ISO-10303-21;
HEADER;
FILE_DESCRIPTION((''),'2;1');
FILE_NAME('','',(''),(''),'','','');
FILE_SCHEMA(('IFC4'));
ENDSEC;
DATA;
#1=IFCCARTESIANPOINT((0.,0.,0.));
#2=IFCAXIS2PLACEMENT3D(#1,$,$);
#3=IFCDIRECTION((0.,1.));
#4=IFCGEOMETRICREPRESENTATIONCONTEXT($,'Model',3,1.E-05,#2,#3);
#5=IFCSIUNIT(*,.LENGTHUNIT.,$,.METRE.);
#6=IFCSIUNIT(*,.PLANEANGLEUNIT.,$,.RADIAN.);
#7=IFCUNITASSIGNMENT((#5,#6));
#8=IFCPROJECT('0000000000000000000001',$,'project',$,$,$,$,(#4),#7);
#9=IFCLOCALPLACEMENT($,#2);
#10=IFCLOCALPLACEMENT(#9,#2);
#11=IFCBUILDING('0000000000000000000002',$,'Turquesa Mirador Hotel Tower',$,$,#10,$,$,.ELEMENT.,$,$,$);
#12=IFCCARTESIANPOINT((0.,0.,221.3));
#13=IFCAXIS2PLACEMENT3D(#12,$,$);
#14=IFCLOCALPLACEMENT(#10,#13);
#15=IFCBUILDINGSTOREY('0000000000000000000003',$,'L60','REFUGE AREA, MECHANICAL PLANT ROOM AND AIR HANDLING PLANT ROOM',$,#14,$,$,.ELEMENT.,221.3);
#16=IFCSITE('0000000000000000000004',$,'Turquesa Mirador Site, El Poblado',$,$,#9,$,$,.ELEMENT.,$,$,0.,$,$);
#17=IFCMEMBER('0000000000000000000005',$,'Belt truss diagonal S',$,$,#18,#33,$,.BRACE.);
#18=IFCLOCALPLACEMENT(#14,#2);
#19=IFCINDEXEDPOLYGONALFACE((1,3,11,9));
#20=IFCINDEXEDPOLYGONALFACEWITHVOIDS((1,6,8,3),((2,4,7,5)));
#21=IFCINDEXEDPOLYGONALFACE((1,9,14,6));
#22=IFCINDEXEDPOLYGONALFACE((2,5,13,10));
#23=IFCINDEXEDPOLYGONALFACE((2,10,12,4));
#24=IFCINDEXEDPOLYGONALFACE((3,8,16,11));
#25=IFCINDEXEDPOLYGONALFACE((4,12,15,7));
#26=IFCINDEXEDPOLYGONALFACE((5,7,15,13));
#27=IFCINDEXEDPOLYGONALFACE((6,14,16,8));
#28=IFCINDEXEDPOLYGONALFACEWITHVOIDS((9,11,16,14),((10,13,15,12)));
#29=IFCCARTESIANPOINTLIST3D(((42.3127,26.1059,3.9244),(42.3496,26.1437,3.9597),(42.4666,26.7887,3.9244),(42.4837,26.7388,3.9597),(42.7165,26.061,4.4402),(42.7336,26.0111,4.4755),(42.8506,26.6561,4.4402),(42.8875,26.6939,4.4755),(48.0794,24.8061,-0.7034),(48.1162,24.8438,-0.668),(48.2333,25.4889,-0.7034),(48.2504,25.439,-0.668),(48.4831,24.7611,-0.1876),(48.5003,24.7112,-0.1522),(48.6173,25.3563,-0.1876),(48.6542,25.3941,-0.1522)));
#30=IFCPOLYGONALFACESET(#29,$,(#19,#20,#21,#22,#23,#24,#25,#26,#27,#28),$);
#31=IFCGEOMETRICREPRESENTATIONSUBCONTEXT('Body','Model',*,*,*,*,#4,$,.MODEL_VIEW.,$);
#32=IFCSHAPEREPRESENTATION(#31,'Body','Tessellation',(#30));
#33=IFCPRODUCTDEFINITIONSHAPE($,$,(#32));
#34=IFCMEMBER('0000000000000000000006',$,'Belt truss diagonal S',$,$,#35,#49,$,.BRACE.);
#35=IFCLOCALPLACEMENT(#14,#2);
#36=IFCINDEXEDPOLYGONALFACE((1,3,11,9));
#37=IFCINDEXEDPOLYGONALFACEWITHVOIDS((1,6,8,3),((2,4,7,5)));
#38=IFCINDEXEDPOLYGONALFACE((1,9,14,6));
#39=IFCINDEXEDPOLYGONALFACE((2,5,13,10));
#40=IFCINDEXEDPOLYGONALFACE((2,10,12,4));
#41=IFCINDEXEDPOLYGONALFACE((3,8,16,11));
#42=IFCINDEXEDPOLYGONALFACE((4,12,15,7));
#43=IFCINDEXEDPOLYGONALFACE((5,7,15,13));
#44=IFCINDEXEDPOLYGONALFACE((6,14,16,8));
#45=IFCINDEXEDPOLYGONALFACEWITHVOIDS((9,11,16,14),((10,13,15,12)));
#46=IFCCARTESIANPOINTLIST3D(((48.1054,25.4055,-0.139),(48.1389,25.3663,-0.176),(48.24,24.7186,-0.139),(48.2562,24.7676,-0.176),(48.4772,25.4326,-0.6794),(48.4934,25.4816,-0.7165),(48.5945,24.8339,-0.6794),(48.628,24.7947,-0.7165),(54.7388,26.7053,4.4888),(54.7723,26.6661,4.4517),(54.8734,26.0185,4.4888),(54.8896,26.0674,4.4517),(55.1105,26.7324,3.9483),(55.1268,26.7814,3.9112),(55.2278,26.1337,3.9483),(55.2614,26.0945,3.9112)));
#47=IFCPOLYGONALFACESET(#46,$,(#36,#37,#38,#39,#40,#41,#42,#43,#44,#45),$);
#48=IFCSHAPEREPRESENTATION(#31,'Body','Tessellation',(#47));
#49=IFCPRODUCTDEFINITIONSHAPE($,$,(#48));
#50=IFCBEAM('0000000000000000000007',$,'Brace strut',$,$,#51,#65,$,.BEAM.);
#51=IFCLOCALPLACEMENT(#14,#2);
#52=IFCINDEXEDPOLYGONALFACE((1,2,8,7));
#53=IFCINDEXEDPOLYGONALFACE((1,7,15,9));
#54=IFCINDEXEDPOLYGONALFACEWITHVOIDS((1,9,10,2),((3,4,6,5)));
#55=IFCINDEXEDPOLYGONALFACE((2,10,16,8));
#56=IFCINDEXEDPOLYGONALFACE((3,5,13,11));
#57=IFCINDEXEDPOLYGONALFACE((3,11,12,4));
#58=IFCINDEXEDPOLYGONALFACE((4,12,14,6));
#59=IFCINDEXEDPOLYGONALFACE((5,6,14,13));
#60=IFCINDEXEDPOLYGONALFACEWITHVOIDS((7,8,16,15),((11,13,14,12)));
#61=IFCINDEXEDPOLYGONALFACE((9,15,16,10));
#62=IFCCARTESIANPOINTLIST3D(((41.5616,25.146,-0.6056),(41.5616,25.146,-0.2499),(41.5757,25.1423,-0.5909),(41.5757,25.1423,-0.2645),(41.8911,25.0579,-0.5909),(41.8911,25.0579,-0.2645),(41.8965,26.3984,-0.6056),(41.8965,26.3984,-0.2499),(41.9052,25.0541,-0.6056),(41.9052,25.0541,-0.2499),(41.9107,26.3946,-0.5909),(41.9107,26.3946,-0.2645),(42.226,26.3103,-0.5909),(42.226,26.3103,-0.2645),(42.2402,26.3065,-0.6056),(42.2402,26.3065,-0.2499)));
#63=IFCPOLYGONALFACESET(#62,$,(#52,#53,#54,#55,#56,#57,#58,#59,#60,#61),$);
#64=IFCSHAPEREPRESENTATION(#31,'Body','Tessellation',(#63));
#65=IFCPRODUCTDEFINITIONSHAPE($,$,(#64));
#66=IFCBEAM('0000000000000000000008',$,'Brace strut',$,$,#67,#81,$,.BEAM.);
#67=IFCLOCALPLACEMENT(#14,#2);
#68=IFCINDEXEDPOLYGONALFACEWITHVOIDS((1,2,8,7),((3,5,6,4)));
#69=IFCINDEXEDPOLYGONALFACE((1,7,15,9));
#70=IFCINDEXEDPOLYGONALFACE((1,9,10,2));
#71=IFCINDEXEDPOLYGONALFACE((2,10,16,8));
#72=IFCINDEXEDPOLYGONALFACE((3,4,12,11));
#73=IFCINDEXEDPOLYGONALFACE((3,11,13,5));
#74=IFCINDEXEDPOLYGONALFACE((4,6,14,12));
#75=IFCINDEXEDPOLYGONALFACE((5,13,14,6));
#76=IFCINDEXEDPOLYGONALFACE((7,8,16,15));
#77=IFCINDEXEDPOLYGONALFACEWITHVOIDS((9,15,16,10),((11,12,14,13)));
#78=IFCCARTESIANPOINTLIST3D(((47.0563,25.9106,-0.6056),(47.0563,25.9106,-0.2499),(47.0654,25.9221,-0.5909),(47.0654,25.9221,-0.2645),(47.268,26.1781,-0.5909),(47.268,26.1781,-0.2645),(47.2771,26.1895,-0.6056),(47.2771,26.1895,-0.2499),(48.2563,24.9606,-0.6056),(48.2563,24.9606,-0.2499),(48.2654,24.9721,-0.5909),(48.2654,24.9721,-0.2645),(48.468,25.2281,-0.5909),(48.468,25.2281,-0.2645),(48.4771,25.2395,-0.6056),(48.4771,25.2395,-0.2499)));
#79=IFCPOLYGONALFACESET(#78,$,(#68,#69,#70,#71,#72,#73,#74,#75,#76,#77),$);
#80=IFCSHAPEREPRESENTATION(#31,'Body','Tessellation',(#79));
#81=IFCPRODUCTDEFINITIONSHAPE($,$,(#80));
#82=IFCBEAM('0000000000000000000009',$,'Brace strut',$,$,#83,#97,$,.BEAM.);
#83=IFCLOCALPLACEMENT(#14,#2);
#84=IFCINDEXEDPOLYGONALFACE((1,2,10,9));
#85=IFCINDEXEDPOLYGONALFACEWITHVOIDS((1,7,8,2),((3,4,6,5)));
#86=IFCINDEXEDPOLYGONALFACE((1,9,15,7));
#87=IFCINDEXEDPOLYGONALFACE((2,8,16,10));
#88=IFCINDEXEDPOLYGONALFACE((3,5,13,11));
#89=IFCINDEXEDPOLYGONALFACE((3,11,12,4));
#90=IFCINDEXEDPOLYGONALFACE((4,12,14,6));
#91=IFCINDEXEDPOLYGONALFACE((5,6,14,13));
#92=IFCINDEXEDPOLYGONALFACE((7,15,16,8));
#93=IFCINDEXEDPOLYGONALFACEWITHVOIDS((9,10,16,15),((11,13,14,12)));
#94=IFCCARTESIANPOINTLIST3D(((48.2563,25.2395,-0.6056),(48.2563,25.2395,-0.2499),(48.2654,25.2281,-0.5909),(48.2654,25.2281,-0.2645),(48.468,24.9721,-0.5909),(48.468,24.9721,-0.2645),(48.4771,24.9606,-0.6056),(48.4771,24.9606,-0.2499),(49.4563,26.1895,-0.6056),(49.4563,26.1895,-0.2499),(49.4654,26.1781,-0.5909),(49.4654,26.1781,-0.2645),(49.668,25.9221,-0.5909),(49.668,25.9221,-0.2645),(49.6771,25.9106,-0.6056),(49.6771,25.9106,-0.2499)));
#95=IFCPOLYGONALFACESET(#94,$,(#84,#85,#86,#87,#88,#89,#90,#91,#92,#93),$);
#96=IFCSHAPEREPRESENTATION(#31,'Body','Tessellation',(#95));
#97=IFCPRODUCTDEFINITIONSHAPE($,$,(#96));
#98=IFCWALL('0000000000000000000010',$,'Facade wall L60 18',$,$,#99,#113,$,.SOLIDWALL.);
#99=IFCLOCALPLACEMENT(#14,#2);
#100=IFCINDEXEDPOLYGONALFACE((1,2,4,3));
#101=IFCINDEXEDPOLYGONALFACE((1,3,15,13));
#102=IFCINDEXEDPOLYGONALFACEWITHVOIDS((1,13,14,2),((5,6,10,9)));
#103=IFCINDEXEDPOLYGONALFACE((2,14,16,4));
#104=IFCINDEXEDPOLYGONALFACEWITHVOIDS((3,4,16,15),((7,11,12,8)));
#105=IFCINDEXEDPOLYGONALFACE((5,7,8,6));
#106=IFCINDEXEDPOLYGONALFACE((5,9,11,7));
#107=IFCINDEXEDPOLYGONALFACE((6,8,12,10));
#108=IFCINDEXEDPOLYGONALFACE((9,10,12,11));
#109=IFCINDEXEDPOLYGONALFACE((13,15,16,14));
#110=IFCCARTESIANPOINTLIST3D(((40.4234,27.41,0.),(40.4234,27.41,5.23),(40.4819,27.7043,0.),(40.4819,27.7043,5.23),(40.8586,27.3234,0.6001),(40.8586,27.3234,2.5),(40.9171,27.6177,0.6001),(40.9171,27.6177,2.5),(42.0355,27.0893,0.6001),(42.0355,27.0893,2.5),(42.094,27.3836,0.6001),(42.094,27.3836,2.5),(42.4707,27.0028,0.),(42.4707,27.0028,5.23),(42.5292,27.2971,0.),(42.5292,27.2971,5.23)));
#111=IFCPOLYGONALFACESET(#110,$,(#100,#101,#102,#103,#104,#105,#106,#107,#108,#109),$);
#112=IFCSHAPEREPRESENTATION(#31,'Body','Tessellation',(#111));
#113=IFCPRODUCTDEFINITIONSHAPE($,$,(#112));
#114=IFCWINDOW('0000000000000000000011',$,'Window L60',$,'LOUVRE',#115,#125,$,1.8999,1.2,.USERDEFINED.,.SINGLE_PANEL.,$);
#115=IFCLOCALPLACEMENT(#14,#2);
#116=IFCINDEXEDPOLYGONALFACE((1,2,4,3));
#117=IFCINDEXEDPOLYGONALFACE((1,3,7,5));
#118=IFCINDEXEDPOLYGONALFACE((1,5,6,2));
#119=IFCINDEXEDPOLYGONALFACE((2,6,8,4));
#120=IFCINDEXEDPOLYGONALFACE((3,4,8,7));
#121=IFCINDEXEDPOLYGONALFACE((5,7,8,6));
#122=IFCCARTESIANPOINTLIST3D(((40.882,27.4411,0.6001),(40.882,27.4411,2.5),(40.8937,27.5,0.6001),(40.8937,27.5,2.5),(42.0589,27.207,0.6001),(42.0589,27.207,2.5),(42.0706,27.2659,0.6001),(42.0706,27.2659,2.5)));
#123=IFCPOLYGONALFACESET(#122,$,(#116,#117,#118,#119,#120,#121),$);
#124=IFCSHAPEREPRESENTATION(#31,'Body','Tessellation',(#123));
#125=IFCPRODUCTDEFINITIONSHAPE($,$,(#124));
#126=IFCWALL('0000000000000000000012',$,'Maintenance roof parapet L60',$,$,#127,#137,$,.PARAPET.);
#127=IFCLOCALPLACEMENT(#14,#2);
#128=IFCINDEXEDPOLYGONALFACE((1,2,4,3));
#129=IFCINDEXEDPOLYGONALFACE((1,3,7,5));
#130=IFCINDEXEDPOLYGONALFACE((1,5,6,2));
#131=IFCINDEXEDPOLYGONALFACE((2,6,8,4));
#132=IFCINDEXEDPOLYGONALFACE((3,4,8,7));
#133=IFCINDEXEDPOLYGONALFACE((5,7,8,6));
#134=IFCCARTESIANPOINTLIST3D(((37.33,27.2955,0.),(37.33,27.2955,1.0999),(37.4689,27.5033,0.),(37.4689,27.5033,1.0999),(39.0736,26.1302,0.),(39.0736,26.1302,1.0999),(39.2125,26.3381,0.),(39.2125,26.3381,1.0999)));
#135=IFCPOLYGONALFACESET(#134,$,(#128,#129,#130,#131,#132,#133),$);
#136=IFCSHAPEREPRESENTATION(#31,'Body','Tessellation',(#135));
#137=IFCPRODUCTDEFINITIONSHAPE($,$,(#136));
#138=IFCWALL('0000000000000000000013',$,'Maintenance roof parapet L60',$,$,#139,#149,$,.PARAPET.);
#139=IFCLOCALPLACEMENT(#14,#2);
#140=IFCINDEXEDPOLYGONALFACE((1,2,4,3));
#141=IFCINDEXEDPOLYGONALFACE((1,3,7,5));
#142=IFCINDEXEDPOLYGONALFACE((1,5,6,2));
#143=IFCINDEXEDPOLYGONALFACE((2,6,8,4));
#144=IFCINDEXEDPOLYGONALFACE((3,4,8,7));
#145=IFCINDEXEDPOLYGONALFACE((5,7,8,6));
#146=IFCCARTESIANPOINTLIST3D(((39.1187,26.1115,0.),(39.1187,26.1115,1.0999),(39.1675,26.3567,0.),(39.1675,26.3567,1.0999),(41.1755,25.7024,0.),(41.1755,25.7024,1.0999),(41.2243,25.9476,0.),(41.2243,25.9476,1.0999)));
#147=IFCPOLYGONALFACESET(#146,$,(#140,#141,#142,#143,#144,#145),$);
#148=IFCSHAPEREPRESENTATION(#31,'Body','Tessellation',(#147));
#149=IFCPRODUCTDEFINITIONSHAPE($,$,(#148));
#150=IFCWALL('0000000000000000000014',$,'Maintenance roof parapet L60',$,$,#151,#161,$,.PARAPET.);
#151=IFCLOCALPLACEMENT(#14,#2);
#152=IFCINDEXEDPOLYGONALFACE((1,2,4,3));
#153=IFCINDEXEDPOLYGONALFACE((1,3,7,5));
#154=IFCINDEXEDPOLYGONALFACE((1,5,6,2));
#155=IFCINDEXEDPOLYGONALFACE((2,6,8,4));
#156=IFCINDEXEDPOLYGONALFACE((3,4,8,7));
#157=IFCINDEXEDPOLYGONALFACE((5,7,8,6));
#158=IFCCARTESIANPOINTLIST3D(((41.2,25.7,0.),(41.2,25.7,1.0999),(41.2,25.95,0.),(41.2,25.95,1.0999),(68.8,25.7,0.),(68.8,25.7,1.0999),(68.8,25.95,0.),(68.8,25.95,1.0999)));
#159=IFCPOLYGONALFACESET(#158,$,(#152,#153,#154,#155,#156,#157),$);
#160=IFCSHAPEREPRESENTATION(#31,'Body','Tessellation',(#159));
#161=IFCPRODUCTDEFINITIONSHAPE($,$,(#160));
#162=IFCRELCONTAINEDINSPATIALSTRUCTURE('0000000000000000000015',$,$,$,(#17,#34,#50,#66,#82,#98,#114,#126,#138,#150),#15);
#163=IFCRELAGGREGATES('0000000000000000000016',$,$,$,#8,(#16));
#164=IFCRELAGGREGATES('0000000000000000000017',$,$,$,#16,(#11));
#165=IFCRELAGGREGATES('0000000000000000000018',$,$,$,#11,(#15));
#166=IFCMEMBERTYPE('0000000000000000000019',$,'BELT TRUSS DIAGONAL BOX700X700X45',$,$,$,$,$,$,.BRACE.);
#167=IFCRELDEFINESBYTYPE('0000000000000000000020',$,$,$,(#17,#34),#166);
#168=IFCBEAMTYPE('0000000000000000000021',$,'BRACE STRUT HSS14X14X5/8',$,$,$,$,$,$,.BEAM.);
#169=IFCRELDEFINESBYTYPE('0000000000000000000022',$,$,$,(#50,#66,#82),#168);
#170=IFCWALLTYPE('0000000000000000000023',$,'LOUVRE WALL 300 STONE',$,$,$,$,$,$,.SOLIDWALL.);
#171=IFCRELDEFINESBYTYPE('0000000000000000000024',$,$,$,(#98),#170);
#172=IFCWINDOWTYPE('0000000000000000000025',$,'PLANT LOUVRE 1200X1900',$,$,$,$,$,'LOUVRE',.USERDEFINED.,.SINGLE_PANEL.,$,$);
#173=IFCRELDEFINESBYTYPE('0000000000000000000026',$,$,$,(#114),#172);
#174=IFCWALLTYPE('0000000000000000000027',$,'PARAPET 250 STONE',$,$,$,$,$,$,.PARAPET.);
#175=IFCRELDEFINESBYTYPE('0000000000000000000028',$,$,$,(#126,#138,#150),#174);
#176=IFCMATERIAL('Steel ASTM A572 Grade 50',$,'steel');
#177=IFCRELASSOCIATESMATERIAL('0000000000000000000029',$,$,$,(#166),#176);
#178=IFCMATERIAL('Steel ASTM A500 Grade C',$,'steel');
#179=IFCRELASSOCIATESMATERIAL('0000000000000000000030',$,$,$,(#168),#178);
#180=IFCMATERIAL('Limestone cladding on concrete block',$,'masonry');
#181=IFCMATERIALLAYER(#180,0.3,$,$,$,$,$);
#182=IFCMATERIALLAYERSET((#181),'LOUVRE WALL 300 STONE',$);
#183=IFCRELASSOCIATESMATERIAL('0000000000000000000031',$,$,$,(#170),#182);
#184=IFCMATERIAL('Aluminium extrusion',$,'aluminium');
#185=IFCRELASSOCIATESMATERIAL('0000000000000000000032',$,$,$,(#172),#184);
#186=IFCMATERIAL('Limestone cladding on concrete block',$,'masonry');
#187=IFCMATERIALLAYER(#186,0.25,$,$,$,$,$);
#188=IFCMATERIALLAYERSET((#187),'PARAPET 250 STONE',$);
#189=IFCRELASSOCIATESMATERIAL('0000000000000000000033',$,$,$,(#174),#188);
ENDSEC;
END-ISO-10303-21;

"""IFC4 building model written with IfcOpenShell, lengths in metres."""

from ifc_helpers import new_model, si_unit, direction, frame, frame_2d, origin, origin_2d, place, context, subcontext, project, spatial, rectangle, hollow_rectangle, extrude, material, layer, layer_set, material_profile, profile_set, type_object, element, fill, save


model = new_model("IFC4")

# Units and contexts
model_context = context("Model", 3, precision=1e-05, world=origin(), true_north=direction((0.0, 1.0)))
body_context = subcontext(model_context, "Body", "Model", "MODEL_VIEW")
ifc_project = project(units=[si_unit("LENGTHUNIT", "METRE"), si_unit("PLANEANGLEUNIT", "RADIAN")], contexts=[model_context])

# Site, building, storey
site_placement = place(None, origin())
site = spatial("IfcSite", under=ifc_project, at=site_placement, Name="Turquesa Mirador Site, El Poblado", CompositionType="ELEMENT", RefElevation=0.0)
building_placement = place(site_placement, origin())
building = spatial("IfcBuilding", under=site, at=building_placement, Name="Turquesa Mirador Hotel Tower", CompositionType="ELEMENT")
storey_placement = place(building_placement, frame((0.0, 0.0, 221.3)))
storey = spatial("IfcBuildingStorey", under=building, at=storey_placement, Name="L60", Description="REFUGE AREA, MECHANICAL PLANT ROOM AND AIR HANDLING PLANT ROOM", CompositionType="ELEMENT", Elevation=221.3)

# Members
ifc_material_1 = material(Name="Steel ASTM A572 Grade 50", Category="steel")
ifc_material_profile_1 = material_profile(ifc_material_1, hollow_rectangle(XDim=0.7, YDim=0.7, WallThickness=0.0449, at=origin_2d()), Name="BOX700X700X45")
ifc_profile_set_1 = profile_set([ifc_material_profile_1], Name="Steel ASTM A572 Grade 50")
member_type = type_object("IfcMemberType", Name="BELT TRUSS DIAGONAL BOX700X700X45", PredefinedType="BRACE", material=ifc_profile_set_1)
member_1_placement = place(storey_placement, frame((42.6001, 26.3999, 4.2), z_axis=(0.768139, -0.17314, -0.61643), x_axis=(0.219886, 0.975526, 0.0)))
element("IfcMember", 1, at=member_1_placement, inside=storey, type_object=member_type, Name="Belt truss diagonal S", PredefinedType="BRACE", context=body_context, shape_type="SweptSolid", body=[
    extrude(hollow_rectangle(XDim=0.7, YDim=0.7, WallThickness=0.0449, at=origin_2d()), origin(), (0.0, 0.0, 1.0), 7.5073),
])
member_2_placement = place(storey_placement, frame((48.3667, 25.1001, -0.4277), z_axis=(0.809749, 0.158671, 0.564917), x_axis=(-0.192294, 0.981337, 0.0)))
element("IfcMember", 2, at=member_2_placement, inside=storey, type_object=member_type, Name="Belt truss diagonal S", PredefinedType="BRACE", context=body_context, shape_type="SweptSolid", body=[
    extrude(hollow_rectangle(XDim=0.7, YDim=0.7, WallThickness=0.0449, at=origin_2d()), origin(), (0.0, 0.0, 1.0), 8.1919),
])

# Beams
ifc_material_2 = material(Name="Steel ASTM A500 Grade C", Category="steel")
ifc_material_profile_2 = material_profile(ifc_material_2, hollow_rectangle(XDim=0.3557, YDim=0.3557, WallThickness=0.0146, at=origin_2d()), Name="HSS14X14X5/8")
ifc_profile_set_2 = profile_set([ifc_material_profile_2], Name="Steel ASTM A500 Grade C")
beam_type_1 = type_object("IfcBeamType", Name="BRACE STRUT HSS14X14X5/8", PredefinedType="BEAM", material=ifc_profile_set_2)
beam_1_placement = place(storey_placement, frame((41.7334, 25.1001, -0.4277), z_axis=(0.258366, 0.966047, 0.0), x_axis=(-0.966047, 0.258366, 0.0)))
element("IfcBeam", 3, at=beam_1_placement, inside=storey, type_object=beam_type_1, Name="Brace strut", PredefinedType="BEAM", context=body_context, shape_type="SweptSolid", body=[
    extrude(hollow_rectangle(XDim=0.3557, YDim=0.3557, WallThickness=0.0146, at=origin_2d()), origin(), (0.0, 0.0, 1.0), 1.2964),
])
for number, where, z_axis, x_axis, name in (
    (4, (48.3667, 25.1001, -0.4277), (-0.784049, 0.620699, 0.0), (-0.620699, -0.784049, 0.0), "Brace strut"),
    (5, (48.3667, 25.1001, -0.4277), (0.784049, 0.620699, 0.0), (-0.620699, 0.784049, 0.0), "Brace strut"),
):
    element("IfcBeam", number, at=place(storey_placement, frame(where, z_axis=z_axis, x_axis=x_axis)), inside=storey, type_object=beam_type_1, Name=name, PredefinedType="BEAM", context=body_context, shape_type="SweptSolid", body=[
        extrude(hollow_rectangle(XDim=0.3557, YDim=0.3557, WallThickness=0.0146, at=origin_2d()), origin(), (0.0, 0.0, 1.0), 1.5305),
    ])

# Wall, opening, window
ifc_material_3 = material(Name="Limestone cladding on concrete block", Category="masonry")
ifc_layer_1 = layer(ifc_material_3, 0.3)
ifc_layer_set_1 = layer_set([ifc_layer_1], Name="LOUVRE WALL 300 STONE")
wall_type_1 = type_object("IfcWallType", Name="LOUVRE WALL 300 STONE", PredefinedType="SOLIDWALL", material=ifc_layer_set_1)
wall_1_placement = place(storey_placement, frame((40.4526, 27.5571, 0.0), z_axis=(0.0, 0.0, 1.0), x_axis=(0.980787, -0.195081, 0.0)))
wall_1 = element("IfcWall", 6, at=wall_1_placement, inside=storey, type_object=wall_type_1, Name="Facade wall L60 18", PredefinedType="SOLIDWALL", context=body_context, shape_type="SweptSolid", body=[
    extrude(rectangle(XDim=2.0874, YDim=0.3, at=frame_2d((1.0437, 0.0))), origin(), (0.0, 0.0, 1.0), 5.23),
])
opening_1_placement = place(wall_1_placement, frame((0.4436, 0.0, 0.6001)))
opening_1 = element("IfcOpeningElement", 7, at=opening_1_placement, cuts=wall_1, PredefinedType="OPENING", context=body_context, shape_type="SweptSolid", body=[
    extrude(rectangle(XDim=1.2, YDim=1.8999, at=frame_2d((0.6001, 0.95))), frame((0.0, 0.1599, 0.0), z_axis=(0.0, -1.0, 0.0), x_axis=(1.0, 0.0, 0.0)), (0.0, 0.0, 1.0), 0.3201),
])
ifc_material_4 = material(Name="Aluminium extrusion", Category="aluminium")
window_type_1 = type_object("IfcWindowType", Name="PLANT LOUVRE 1200X1900", ElementType="LOUVRE", PartitioningType="SINGLE_PANEL", PredefinedType="USERDEFINED", material=ifc_material_4)
window_1_placement = place(opening_1_placement, origin())
window_1 = element("IfcWindow", 8, at=window_1_placement, inside=storey, type_object=window_type_1, Name="Window L60", ObjectType="LOUVRE", OverallHeight=1.8999, OverallWidth=1.2, PartitioningType="SINGLE_PANEL", PredefinedType="USERDEFINED", context=body_context, shape_type="SweptSolid", body=[
    extrude(rectangle(XDim=1.2, YDim=1.8999, at=frame_2d((0.6001, 0.95))), frame((0.0, 0.03, 0.0), z_axis=(0.0, -1.0, 0.0), x_axis=(1.0, 0.0, 0.0)), (0.0, 0.0, 1.0), 0.0601),
])
fill(opening_1, window_1)

# Walls
ifc_material_5 = material(Name="Limestone cladding on concrete block", Category="masonry")
ifc_layer_2 = layer(ifc_material_5, 0.25)
ifc_layer_set_2 = layer_set([ifc_layer_2], Name="PARAPET 250 STONE")
wall_type_2 = type_object("IfcWallType", Name="PARAPET 250 STONE", PredefinedType="PARAPET", material=ifc_layer_set_2)
for number, where, z_axis, x_axis, name in (
    (9, (37.3994, 27.3994, 0.0), (0.0, 0.0, 1.0), (0.831423, -0.55564, 0.0), "Maintenance roof parapet L60"),
    (10, (39.1431, 26.2341, 0.0), (0.0, 0.0, 1.0), (0.980782, -0.195109, 0.0), "Maintenance roof parapet L60"),
):
    element("IfcWall", number, at=place(storey_placement, frame(where, z_axis=z_axis, x_axis=x_axis)), inside=storey, type_object=wall_type_2, Name=name, PredefinedType="PARAPET", context=body_context, shape_type="SweptSolid", body=[
        extrude(rectangle(XDim=2.0972, YDim=0.25, at=frame_2d((1.0486, 0.0))), origin(), (0.0, 0.0, 1.0), 1.0999),
    ])
wall_2_placement = place(storey_placement, frame((41.2, 25.825, 0.0), z_axis=(0.0, 0.0, 1.0), x_axis=(1.0, 0.0, 0.0)))
element("IfcWall", 11, at=wall_2_placement, inside=storey, type_object=wall_type_2, Name="Maintenance roof parapet L60", PredefinedType="PARAPET", context=body_context, shape_type="SweptSolid", body=[
    extrude(rectangle(XDim=27.6001, YDim=0.25, at=frame_2d((13.8, 0.0))), origin(), (0.0, 0.0, 1.0), 1.0999),
])

save(model, "model.ifc")
